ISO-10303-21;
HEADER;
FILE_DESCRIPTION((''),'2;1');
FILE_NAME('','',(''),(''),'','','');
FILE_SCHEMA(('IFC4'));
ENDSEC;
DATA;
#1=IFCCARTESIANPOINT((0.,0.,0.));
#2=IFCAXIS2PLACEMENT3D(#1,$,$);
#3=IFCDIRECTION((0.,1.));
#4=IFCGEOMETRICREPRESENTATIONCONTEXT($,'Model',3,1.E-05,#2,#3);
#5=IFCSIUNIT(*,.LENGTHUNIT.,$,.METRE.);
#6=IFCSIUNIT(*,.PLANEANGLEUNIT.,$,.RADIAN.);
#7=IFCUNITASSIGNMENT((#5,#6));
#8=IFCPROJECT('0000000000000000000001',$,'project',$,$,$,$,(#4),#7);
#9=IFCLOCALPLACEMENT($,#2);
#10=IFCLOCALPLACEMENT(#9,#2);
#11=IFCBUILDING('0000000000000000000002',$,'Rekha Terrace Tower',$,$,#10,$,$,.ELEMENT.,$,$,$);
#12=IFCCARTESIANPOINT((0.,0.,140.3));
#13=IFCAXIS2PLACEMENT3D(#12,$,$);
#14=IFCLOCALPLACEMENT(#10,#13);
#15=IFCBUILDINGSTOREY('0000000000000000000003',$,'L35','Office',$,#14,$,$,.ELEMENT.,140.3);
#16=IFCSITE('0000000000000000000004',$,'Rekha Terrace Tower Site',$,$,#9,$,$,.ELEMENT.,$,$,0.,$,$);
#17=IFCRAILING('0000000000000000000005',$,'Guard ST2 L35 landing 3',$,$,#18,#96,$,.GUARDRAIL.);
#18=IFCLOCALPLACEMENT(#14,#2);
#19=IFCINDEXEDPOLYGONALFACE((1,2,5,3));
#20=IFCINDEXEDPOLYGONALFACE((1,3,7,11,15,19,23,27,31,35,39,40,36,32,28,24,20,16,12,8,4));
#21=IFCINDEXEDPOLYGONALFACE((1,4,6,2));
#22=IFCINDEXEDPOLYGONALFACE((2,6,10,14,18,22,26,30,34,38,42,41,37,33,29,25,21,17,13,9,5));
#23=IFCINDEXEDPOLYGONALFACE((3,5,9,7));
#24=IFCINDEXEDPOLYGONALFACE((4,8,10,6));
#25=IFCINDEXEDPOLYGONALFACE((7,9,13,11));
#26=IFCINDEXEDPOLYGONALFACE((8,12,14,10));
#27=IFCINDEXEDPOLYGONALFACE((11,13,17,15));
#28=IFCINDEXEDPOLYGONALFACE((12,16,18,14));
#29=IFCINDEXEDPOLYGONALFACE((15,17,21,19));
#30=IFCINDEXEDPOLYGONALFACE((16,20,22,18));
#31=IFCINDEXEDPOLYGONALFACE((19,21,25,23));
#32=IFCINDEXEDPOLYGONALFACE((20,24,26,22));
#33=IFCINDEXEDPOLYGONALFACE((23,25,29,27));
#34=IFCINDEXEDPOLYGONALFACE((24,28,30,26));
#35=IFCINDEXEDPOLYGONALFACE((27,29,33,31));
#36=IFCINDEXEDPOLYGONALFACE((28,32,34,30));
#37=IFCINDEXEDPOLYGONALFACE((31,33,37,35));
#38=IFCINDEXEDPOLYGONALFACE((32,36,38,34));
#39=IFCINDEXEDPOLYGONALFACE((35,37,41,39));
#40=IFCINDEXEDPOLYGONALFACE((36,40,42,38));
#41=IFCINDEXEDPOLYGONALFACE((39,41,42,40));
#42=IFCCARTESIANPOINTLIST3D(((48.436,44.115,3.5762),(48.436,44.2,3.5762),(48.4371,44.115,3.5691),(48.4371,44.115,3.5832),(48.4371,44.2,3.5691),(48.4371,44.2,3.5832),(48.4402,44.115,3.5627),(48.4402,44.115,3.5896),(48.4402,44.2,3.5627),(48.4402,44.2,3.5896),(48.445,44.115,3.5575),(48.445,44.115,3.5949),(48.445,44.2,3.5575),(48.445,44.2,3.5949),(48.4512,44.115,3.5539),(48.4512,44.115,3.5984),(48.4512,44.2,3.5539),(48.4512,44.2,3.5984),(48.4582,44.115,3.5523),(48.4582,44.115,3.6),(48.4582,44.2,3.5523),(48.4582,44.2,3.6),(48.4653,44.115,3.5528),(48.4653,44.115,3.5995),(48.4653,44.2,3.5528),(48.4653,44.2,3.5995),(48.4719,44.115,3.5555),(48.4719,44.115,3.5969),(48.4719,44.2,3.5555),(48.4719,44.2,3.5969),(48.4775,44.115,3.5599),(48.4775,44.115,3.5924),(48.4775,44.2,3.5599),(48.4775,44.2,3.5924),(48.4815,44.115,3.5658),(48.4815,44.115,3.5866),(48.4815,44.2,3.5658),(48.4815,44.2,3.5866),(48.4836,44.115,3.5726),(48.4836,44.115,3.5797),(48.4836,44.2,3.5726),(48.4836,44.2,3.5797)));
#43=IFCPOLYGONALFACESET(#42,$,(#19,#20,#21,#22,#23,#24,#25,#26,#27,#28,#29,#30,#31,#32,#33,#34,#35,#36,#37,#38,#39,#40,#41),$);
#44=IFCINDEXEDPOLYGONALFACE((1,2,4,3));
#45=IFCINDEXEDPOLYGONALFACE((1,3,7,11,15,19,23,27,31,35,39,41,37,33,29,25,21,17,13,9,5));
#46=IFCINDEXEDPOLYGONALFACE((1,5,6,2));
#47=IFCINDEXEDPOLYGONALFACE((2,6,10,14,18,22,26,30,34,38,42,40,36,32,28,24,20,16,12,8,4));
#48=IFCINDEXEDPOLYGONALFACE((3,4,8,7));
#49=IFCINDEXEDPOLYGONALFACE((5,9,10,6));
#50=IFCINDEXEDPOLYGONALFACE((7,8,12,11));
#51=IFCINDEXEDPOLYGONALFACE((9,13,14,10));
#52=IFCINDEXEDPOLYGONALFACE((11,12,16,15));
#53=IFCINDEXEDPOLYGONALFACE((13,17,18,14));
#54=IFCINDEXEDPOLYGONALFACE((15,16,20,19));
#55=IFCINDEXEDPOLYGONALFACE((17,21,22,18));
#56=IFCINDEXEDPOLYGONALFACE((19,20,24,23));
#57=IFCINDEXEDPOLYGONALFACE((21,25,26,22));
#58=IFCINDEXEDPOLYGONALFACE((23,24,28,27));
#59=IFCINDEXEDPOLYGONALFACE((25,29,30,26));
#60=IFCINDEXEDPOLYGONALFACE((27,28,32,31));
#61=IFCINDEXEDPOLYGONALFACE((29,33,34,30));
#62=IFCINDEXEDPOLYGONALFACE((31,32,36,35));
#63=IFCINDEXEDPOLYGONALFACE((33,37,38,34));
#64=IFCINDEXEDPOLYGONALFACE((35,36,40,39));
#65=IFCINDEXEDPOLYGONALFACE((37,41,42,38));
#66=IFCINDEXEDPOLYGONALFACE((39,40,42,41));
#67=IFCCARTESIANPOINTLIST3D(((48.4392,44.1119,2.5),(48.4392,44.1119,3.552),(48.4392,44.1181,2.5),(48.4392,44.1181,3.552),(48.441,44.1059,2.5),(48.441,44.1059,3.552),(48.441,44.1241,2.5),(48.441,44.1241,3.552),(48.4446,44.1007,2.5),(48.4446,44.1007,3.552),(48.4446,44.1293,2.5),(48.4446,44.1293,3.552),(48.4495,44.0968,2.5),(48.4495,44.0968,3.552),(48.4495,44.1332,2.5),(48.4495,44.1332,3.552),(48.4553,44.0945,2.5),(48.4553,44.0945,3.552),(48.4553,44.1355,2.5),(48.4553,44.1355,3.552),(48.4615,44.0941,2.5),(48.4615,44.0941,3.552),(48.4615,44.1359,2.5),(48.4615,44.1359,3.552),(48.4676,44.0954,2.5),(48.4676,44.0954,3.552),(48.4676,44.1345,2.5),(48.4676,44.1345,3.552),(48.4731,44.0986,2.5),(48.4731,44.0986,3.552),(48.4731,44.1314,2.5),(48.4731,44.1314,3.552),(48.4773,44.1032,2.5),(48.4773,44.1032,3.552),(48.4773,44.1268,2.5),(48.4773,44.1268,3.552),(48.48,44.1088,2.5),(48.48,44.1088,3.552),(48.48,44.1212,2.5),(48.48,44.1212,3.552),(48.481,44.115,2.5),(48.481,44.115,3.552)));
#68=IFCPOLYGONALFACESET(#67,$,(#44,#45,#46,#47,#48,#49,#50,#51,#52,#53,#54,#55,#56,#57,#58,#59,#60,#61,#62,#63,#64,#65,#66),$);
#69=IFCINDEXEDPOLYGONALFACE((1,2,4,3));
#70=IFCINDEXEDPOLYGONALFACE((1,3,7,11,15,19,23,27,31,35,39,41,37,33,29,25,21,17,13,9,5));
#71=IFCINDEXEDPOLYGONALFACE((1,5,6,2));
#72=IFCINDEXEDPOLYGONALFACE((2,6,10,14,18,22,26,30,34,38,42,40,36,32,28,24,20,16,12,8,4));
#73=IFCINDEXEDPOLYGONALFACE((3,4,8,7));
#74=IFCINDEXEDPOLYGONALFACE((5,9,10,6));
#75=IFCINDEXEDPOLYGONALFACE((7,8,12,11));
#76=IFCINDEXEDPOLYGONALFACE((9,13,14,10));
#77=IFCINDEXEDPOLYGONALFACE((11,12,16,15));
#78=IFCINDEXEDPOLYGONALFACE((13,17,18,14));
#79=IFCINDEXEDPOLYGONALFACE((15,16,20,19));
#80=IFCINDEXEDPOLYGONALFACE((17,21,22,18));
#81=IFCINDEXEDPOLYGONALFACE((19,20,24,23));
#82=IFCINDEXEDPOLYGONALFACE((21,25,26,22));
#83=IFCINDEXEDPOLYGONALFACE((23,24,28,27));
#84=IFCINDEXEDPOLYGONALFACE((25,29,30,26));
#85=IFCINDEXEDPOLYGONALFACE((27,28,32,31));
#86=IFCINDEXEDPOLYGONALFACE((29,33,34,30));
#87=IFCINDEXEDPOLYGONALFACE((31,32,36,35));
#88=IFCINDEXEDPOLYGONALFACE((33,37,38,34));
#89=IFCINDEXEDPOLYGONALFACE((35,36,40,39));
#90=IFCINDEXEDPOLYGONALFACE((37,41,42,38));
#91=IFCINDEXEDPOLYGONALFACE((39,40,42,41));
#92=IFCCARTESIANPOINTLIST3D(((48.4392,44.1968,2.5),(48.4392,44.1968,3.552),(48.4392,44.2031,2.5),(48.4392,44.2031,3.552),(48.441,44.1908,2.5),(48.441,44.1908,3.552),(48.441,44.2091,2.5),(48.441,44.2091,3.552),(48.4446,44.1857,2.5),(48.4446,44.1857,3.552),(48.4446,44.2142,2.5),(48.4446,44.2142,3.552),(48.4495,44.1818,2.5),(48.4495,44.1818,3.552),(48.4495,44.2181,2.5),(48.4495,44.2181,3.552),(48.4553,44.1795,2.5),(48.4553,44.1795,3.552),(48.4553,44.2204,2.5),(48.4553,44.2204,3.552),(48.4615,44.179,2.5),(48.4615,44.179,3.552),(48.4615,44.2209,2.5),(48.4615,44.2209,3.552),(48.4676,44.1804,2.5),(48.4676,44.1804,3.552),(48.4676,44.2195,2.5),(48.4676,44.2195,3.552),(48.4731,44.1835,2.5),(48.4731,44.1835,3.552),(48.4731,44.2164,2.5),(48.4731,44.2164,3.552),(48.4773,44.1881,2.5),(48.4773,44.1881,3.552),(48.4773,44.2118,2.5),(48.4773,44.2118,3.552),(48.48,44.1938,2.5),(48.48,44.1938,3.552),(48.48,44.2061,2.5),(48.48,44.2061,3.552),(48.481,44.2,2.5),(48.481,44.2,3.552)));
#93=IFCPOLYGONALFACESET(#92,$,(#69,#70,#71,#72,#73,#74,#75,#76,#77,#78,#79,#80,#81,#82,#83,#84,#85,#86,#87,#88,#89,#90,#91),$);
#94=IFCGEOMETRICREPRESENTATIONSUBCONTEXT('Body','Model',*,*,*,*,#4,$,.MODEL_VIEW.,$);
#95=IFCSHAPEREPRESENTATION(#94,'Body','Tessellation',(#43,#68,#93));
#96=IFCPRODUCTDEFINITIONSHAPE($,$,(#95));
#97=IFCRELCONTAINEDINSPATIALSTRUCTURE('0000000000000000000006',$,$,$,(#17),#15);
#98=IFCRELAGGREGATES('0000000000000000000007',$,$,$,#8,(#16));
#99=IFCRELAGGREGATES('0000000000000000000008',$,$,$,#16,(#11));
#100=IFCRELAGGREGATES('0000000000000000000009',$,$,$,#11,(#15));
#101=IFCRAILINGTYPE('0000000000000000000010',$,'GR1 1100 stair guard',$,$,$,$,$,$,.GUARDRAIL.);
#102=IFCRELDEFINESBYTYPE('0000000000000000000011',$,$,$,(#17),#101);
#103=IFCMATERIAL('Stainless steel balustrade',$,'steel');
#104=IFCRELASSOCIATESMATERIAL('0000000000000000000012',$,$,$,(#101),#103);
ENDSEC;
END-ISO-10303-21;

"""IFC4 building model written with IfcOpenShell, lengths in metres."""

from ifc_helpers import new_model, si_unit, direction, frame, origin, origin_2d, place, context, subcontext, project, spatial, circle, extrude, material, type_object, element, save


model = new_model("IFC4")

# Units and contexts
model_context = context("Model", 3, precision=1e-05, world=origin(), true_north=direction((0.0, 1.0)))
body_context = subcontext(model_context, "Body", "Model", "MODEL_VIEW")
ifc_project = project(units=[si_unit("LENGTHUNIT", "METRE"), si_unit("PLANEANGLEUNIT", "RADIAN")], contexts=[model_context])

# Site, building, storey
site_placement = place(None, origin())
site = spatial("IfcSite", under=ifc_project, at=site_placement, Name="Rekha Terrace Tower Site", CompositionType="ELEMENT", RefElevation=0.0)
building_placement = place(site_placement, origin())
building = spatial("IfcBuilding", under=site, at=building_placement, Name="Rekha Terrace Tower", CompositionType="ELEMENT")
storey_placement = place(building_placement, frame((0.0, 0.0, 140.3)))
storey = spatial("IfcBuildingStorey", under=building, at=storey_placement, Name="L35", Description="Office", CompositionType="ELEMENT", Elevation=140.3)

# Railing
ifc_material_1 = material(Name="Stainless steel balustrade", Category="steel")
railing_type_1 = type_object("IfcRailingType", Name="GR1 1100 stair guard", PredefinedType="GUARDRAIL", material=ifc_material_1)
railing_1_placement = place(storey_placement, frame((48.46, 44.115, 2.5)))
element("IfcRailing", 1, at=railing_1_placement, inside=storey, type_object=railing_type_1, Name="Guard ST2 L35 landing 3", PredefinedType="GUARDRAIL", context=body_context, shape_type="SweptSolid", body=[
    extrude(circle(Radius=0.0239, at=origin_2d()), frame((0.0, 0.0, 1.0762), z_axis=(0.0, 1.0, 0.0), x_axis=(-1.0, 0.0, 0.0)), (0.0, 0.0, 1.0), 0.085),
    extrude(circle(Radius=0.021, at=origin_2d()), origin(), (0.0, 0.0, 1.0), 1.052),
    extrude(circle(Radius=0.021, at=origin_2d()), frame((0.0, 0.085, 0.0)), (0.0, 0.0, 1.0), 1.052),
])

save(model, "model.ifc")
